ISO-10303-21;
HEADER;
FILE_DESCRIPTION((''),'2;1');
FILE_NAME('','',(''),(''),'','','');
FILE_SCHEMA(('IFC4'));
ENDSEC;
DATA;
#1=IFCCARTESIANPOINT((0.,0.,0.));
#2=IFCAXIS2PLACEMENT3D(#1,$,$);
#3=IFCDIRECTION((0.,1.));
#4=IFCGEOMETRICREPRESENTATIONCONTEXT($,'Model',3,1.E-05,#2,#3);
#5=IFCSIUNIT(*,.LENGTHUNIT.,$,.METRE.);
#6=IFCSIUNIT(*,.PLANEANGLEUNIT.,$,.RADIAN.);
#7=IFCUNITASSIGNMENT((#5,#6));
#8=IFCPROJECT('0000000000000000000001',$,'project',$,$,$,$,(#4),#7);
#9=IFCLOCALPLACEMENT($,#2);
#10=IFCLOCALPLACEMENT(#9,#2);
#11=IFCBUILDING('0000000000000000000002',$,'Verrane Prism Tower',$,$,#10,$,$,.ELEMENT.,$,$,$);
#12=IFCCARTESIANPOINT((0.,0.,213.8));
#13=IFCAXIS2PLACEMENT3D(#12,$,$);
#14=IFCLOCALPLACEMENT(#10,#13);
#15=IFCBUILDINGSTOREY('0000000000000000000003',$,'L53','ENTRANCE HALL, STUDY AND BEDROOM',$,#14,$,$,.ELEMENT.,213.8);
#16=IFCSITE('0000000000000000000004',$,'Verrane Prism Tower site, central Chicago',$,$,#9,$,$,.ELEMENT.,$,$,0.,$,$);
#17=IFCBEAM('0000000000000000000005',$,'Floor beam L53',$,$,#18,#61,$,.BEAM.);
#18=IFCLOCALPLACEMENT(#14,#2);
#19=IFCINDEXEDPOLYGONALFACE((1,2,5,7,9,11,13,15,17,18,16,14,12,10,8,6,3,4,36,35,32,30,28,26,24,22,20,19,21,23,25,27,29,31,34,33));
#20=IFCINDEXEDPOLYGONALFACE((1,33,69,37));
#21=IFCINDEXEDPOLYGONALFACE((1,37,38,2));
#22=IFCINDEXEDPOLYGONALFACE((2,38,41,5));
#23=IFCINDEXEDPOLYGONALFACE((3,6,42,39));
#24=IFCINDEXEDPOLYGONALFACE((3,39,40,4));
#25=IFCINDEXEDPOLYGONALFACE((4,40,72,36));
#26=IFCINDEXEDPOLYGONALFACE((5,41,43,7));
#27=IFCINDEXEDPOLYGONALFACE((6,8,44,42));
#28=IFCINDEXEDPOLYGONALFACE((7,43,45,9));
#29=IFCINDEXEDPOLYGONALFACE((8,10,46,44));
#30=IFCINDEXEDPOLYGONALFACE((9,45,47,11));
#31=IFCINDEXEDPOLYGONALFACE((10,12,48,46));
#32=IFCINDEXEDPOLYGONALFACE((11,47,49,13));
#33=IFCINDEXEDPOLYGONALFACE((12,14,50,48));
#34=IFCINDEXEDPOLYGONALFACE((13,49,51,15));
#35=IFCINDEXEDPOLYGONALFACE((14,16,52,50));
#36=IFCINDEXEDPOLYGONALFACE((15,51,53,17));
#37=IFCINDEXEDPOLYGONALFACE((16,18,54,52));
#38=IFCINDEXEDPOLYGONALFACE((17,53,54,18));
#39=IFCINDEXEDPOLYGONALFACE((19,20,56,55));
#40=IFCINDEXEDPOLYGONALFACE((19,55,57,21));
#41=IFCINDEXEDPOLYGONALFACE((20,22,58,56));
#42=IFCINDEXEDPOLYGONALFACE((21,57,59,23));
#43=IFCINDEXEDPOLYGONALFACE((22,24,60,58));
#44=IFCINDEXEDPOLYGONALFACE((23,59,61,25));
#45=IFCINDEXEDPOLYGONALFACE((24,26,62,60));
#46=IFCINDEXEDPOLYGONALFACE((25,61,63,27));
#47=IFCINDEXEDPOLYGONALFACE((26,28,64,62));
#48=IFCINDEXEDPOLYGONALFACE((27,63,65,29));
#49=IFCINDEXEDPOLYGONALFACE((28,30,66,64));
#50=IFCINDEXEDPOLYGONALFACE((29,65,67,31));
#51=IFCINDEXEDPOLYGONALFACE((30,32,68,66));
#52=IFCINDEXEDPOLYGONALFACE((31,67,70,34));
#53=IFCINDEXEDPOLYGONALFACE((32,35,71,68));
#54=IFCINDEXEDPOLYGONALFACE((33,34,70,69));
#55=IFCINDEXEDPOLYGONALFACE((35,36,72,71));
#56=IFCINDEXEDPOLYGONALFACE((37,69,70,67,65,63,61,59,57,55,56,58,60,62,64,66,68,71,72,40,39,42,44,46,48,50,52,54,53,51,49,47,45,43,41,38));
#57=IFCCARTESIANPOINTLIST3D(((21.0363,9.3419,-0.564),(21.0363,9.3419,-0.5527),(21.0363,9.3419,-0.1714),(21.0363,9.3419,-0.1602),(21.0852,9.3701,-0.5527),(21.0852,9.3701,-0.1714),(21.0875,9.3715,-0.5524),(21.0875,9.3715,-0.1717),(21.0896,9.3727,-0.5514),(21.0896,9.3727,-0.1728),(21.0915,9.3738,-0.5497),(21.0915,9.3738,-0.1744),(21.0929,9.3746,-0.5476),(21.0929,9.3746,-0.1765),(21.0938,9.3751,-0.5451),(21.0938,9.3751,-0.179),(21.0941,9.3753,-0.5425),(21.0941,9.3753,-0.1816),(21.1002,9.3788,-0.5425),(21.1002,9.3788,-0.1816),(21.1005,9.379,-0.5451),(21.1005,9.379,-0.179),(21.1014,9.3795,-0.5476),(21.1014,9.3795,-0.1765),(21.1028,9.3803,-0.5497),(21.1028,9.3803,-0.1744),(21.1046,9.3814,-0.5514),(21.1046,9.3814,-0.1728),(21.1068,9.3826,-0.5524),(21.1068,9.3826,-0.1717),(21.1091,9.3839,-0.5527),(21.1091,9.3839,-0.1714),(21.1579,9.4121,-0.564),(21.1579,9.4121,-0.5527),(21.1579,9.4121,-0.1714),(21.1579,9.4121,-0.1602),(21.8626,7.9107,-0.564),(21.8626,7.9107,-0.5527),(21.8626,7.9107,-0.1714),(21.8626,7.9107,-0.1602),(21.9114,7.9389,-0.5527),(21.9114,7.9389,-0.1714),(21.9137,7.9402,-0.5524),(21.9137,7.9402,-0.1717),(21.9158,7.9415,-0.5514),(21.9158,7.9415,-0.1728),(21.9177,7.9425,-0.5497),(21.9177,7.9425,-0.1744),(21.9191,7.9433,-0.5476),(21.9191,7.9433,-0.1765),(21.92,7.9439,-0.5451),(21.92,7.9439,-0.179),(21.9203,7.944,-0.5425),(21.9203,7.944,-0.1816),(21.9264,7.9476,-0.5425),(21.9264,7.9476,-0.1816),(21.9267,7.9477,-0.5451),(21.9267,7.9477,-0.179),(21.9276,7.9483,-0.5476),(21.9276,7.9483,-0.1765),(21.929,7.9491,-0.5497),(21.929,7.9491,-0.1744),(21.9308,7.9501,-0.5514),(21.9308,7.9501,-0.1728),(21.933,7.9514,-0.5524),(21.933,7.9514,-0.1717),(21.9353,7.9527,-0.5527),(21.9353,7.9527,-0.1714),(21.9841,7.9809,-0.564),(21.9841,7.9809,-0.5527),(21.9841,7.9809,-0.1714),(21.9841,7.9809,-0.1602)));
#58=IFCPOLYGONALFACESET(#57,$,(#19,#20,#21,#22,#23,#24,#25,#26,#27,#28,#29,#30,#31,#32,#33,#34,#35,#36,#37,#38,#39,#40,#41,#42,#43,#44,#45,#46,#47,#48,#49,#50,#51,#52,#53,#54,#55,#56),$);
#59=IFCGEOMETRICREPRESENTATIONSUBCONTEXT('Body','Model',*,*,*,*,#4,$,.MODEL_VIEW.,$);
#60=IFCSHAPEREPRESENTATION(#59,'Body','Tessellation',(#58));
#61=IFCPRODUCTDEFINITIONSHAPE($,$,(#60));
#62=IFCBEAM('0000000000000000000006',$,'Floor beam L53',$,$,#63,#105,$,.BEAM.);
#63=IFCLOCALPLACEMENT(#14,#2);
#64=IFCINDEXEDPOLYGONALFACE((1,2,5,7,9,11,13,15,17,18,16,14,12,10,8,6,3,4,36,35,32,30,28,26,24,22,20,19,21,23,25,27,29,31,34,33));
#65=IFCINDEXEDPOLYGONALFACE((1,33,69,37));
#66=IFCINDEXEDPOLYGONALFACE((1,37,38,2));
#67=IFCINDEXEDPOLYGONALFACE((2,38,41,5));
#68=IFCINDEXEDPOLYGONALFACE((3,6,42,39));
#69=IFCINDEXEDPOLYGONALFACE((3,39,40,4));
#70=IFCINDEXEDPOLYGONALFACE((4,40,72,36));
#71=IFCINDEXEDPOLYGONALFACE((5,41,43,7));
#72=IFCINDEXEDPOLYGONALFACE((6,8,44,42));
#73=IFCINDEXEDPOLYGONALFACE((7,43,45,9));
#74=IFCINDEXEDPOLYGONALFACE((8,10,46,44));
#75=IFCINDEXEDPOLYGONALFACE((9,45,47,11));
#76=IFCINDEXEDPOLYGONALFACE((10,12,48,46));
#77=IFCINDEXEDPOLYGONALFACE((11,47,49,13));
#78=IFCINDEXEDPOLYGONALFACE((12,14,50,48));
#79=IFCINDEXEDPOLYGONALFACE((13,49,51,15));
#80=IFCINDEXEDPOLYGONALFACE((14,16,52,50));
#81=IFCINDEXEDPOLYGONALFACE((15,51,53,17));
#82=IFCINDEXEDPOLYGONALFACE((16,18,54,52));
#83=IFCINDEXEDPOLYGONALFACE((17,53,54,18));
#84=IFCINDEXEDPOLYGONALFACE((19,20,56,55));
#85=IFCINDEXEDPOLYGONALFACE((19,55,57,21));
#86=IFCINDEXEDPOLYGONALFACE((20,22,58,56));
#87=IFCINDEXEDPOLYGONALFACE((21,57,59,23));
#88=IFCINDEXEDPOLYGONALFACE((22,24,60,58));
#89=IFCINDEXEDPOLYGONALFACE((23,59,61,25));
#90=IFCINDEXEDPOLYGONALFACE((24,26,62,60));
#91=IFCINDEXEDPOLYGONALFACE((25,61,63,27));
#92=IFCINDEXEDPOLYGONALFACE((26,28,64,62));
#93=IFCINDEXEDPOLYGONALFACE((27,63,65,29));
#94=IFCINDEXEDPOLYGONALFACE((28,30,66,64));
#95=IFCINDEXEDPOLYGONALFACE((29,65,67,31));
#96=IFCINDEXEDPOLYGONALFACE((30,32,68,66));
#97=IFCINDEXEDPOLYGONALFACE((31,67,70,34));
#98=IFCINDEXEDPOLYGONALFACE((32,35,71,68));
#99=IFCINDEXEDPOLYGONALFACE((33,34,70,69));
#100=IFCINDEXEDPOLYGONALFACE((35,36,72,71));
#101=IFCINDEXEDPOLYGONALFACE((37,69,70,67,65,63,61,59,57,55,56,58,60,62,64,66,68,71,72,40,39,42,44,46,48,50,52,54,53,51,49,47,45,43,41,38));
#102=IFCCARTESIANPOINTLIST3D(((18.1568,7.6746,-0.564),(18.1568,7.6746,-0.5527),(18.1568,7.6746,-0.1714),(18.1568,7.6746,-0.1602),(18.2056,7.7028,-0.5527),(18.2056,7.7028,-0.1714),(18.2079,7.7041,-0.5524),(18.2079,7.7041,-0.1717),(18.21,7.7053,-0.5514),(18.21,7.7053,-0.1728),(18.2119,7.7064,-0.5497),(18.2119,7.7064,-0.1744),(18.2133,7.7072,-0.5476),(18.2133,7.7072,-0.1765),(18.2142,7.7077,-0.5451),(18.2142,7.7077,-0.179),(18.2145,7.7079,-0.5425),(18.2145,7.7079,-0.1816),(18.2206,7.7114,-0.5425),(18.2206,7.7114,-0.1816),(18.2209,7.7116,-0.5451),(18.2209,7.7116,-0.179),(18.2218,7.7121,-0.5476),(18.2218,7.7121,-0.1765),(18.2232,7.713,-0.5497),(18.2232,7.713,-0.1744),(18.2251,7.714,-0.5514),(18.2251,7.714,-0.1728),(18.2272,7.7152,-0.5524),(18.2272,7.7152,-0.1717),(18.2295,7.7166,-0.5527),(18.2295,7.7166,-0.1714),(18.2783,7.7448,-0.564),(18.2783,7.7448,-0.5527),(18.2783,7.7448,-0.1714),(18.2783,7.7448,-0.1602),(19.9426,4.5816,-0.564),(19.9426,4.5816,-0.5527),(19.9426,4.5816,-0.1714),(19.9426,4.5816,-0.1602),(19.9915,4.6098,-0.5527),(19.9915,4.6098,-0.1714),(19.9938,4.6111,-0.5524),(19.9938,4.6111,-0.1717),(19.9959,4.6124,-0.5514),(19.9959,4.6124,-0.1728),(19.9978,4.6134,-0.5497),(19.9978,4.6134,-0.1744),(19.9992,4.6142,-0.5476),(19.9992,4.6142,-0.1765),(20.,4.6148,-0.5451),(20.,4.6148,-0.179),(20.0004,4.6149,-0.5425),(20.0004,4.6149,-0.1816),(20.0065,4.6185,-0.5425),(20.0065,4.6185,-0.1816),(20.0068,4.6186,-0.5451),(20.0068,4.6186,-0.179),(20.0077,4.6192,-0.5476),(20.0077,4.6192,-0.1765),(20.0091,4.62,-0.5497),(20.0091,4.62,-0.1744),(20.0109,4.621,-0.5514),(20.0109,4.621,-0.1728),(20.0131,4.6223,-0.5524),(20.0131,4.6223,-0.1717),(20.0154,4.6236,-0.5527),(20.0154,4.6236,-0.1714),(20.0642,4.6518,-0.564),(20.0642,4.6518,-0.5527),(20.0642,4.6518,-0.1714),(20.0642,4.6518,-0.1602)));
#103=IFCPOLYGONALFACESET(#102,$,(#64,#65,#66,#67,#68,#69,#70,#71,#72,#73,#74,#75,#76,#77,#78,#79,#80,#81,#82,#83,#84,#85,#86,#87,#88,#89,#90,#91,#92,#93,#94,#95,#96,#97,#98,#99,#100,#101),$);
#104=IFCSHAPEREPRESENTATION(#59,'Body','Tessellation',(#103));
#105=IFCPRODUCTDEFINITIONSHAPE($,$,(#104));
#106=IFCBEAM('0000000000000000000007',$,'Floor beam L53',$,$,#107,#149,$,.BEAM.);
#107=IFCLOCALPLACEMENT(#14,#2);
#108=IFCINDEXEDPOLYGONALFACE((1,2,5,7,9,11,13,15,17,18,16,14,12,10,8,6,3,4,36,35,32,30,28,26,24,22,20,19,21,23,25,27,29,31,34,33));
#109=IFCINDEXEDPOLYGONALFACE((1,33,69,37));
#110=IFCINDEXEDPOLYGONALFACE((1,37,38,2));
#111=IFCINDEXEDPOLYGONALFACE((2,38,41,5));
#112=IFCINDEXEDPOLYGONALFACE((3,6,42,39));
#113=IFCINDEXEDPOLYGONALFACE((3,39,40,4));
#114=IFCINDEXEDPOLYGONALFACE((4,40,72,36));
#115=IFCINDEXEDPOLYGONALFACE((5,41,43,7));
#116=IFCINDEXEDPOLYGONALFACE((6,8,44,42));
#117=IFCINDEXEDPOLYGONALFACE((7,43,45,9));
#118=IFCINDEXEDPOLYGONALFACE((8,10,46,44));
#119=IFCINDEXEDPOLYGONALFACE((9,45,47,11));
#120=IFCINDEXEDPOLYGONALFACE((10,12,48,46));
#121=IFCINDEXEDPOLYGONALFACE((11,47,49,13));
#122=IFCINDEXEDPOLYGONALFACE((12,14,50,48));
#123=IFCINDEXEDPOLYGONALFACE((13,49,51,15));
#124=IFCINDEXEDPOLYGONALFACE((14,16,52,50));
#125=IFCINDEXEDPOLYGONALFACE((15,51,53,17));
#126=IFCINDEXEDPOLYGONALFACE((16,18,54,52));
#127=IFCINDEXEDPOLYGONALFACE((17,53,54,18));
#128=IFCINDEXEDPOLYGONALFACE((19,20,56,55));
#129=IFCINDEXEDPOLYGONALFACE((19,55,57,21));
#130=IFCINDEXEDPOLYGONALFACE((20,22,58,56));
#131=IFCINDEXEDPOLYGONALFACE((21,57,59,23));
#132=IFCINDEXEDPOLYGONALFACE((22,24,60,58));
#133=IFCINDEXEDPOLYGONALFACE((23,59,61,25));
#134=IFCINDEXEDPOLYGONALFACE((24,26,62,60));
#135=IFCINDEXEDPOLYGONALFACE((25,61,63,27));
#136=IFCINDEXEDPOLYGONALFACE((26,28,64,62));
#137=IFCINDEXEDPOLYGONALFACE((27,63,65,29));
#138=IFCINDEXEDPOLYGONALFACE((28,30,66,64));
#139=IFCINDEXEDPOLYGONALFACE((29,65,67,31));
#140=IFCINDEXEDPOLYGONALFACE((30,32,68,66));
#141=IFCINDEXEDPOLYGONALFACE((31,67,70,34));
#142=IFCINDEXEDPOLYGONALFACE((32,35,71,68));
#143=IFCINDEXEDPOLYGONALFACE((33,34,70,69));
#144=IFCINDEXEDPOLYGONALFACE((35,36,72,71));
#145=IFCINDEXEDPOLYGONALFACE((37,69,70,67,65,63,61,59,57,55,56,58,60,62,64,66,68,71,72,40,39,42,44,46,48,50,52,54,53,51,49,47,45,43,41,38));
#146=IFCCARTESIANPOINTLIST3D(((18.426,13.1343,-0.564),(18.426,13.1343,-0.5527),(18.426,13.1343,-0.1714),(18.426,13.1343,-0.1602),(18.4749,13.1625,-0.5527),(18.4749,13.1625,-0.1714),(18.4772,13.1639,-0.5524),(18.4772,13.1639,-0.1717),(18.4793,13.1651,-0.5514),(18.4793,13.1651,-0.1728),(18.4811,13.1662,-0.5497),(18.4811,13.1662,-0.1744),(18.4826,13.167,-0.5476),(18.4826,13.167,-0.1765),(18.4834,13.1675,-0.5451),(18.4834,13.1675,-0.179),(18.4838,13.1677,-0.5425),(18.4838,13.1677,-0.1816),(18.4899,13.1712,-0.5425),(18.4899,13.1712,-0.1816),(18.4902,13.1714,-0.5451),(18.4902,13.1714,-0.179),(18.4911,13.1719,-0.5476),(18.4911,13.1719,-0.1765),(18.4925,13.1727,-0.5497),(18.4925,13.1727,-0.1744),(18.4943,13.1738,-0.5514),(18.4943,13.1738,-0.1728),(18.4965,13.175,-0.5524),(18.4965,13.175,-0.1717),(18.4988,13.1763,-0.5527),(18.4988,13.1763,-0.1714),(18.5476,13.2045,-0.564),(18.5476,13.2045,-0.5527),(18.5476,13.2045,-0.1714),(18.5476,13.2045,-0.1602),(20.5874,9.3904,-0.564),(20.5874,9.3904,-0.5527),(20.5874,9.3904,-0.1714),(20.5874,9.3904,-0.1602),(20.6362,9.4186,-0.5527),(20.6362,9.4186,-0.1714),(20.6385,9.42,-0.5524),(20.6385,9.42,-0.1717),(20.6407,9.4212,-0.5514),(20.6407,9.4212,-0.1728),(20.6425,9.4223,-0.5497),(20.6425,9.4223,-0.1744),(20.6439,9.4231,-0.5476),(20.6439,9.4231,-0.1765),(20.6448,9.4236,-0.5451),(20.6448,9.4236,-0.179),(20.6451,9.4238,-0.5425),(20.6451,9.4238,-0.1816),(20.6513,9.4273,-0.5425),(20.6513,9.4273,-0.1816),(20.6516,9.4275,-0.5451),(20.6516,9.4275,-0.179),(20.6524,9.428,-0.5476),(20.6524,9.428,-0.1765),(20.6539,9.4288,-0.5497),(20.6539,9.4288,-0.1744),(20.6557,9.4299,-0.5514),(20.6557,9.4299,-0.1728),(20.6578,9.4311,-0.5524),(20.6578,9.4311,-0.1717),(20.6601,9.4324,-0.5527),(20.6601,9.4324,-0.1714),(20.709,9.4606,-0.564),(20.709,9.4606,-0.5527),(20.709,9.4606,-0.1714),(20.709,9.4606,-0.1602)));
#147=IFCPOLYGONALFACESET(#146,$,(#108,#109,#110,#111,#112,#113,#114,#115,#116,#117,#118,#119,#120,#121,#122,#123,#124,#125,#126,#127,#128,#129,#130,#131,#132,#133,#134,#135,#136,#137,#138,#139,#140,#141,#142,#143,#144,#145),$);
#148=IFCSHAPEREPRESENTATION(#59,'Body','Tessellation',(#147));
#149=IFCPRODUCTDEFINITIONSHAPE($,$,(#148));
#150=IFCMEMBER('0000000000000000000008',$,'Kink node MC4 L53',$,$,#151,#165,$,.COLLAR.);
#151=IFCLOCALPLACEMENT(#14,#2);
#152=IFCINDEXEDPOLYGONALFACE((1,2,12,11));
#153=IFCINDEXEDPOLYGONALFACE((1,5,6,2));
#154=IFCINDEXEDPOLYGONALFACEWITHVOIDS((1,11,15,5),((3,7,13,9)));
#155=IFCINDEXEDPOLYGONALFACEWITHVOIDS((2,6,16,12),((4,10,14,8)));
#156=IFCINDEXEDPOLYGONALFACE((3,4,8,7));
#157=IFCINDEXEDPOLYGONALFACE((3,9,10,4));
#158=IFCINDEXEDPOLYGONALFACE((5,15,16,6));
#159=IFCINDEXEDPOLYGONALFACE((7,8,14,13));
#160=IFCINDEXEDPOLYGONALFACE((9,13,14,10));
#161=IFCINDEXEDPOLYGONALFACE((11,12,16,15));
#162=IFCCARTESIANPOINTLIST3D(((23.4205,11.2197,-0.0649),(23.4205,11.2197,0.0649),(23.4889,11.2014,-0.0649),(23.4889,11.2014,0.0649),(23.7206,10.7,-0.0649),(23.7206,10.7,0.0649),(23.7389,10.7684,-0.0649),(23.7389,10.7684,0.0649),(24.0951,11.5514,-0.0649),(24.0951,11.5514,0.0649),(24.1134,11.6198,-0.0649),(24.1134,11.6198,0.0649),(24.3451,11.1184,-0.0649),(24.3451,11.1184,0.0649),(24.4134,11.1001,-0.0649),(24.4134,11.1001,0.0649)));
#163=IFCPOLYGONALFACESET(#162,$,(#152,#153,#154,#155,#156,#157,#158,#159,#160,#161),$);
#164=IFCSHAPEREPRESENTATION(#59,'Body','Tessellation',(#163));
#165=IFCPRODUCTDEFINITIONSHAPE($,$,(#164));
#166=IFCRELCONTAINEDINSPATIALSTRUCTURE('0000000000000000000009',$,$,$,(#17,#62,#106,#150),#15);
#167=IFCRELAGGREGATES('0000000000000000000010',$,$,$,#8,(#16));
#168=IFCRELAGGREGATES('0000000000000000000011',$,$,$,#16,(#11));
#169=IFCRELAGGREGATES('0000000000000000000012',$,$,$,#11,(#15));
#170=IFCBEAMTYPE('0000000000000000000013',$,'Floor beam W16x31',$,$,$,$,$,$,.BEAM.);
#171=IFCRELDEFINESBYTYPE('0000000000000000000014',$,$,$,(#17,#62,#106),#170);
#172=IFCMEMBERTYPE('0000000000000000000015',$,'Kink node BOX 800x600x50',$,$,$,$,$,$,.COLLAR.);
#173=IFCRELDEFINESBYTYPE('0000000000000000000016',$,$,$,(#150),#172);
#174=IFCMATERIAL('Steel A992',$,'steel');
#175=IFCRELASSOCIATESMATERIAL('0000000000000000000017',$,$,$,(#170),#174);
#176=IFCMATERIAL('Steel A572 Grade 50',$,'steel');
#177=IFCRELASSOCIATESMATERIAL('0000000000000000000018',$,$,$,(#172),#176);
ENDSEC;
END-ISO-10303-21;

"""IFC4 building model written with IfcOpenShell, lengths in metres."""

from ifc_helpers import new_model, si_unit, direction, frame, origin, origin_2d, place, context, subcontext, project, spatial, hollow_rectangle, i_section, extrude, material, material_profile, profile_set, type_object, element, save


model = new_model("IFC4")

# Units and contexts
model_context = context("Model", 3, precision=1e-05, world=origin(), true_north=direction((0.0, 1.0)))
body_context = subcontext(model_context, "Body", "Model", "MODEL_VIEW")
ifc_project = project(units=[si_unit("LENGTHUNIT", "METRE"), si_unit("PLANEANGLEUNIT", "RADIAN")], contexts=[model_context])

# Site, building, storey
site_placement = place(None, origin())
site = spatial("IfcSite", under=ifc_project, at=site_placement, Name="Verrane Prism Tower site, central Chicago", CompositionType="ELEMENT", RefElevation=0.0)
building_placement = place(site_placement, origin())
building = spatial("IfcBuilding", under=site, at=building_placement, Name="Verrane Prism Tower", CompositionType="ELEMENT")
storey_placement = place(building_placement, frame((0.0, 0.0, 213.8)))
storey = spatial("IfcBuildingStorey", under=building, at=storey_placement, Name="L53", Description="ENTRANCE HALL, STUDY AND BEDROOM", CompositionType="ELEMENT", Elevation=213.8)

# Beams
ifc_material_1 = material(Name="Steel A992", Category="steel")
ifc_material_profile_1 = material_profile(ifc_material_1, i_section(OverallWidth=0.1404, OverallDepth=0.4038, WebThickness=0.0071, FlangeThickness=0.0112, FilletRadius=0.0103, at=origin_2d()), Name="W16x31")
ifc_profile_set_1 = profile_set([ifc_material_profile_1], Name="Steel A992")
beam_type_1 = type_object("IfcBeamType", Name="Floor beam W16x31", PredefinedType="BEAM", material=ifc_profile_set_1)
beam_1_placement = place(storey_placement, frame((21.9233, 7.9458, -0.3621), z_axis=(-0.499953, 0.866053, 0.0), x_axis=(-0.866053, -0.499953, 0.0)))
element("IfcBeam", 1, at=beam_1_placement, inside=storey, type_object=beam_type_1, Name="Floor beam L53", PredefinedType="BEAM", context=body_context, shape_type="SweptSolid", body=[
    extrude(i_section(OverallWidth=0.1404, OverallDepth=0.4038, WebThickness=0.0071, FlangeThickness=0.0112, FilletRadius=0.0103, at=origin_2d()), origin(), (0.0, 0.0, 1.0), 1.6526),
])
beam_2_placement = place(storey_placement, frame((20.0034, 4.6167, -0.3621), z_axis=(-0.500028, 0.866009, 0.0), x_axis=(-0.866009, -0.500028, 0.0)))
element("IfcBeam", 2, at=beam_2_placement, inside=storey, type_object=beam_type_1, Name="Floor beam L53", PredefinedType="BEAM", context=body_context, shape_type="SweptSolid", body=[
    extrude(i_section(OverallWidth=0.1404, OverallDepth=0.4038, WebThickness=0.0071, FlangeThickness=0.0112, FilletRadius=0.0103, at=origin_2d()), origin(), (0.0, 0.0, 1.0), 3.5715),
])
beam_3_placement = place(storey_placement, frame((20.6482, 9.4255, -0.3621), z_axis=(-0.499972, 0.866042, 0.0), x_axis=(-0.866042, -0.499972, 0.0)))
element("IfcBeam", 3, at=beam_3_placement, inside=storey, type_object=beam_type_1, Name="Floor beam L53", PredefinedType="BEAM", context=body_context, shape_type="SweptSolid", body=[
    extrude(i_section(OverallWidth=0.1404, OverallDepth=0.4038, WebThickness=0.0071, FlangeThickness=0.0112, FilletRadius=0.0103, at=origin_2d()), origin(), (0.0, 0.0, 1.0), 4.323),
])

# Member
ifc_material_2 = material(Name="Steel A572 Grade 50", Category="steel")
ifc_material_profile_2 = material_profile(ifc_material_2, hollow_rectangle(XDim=0.6001, YDim=0.8, WallThickness=0.05, at=origin_2d()), Name="BOX 800x600x50")
ifc_profile_set_2 = profile_set([ifc_material_profile_2], Name="Steel A572 Grade 50")
member_type_1 = type_object("IfcMemberType", Name="Kink node BOX 800x600x50", PredefinedType="COLLAR", material=ifc_profile_set_2)
member_1_placement = place(storey_placement, frame((23.917, 11.1599, -0.0649), z_axis=(0.0, 0.0, 1.0), x_axis=(0.5, -0.866025, 0.0)))
element("IfcMember", 4, at=member_1_placement, inside=storey, type_object=member_type_1, Name="Kink node MC4 L53", PredefinedType="COLLAR", context=body_context, shape_type="SweptSolid", body=[
    extrude(hollow_rectangle(XDim=0.6001, YDim=0.8, WallThickness=0.05, at=origin_2d()), origin(), (0.0, 0.0, 1.0), 0.1299),
])

save(model, "model.ifc")
